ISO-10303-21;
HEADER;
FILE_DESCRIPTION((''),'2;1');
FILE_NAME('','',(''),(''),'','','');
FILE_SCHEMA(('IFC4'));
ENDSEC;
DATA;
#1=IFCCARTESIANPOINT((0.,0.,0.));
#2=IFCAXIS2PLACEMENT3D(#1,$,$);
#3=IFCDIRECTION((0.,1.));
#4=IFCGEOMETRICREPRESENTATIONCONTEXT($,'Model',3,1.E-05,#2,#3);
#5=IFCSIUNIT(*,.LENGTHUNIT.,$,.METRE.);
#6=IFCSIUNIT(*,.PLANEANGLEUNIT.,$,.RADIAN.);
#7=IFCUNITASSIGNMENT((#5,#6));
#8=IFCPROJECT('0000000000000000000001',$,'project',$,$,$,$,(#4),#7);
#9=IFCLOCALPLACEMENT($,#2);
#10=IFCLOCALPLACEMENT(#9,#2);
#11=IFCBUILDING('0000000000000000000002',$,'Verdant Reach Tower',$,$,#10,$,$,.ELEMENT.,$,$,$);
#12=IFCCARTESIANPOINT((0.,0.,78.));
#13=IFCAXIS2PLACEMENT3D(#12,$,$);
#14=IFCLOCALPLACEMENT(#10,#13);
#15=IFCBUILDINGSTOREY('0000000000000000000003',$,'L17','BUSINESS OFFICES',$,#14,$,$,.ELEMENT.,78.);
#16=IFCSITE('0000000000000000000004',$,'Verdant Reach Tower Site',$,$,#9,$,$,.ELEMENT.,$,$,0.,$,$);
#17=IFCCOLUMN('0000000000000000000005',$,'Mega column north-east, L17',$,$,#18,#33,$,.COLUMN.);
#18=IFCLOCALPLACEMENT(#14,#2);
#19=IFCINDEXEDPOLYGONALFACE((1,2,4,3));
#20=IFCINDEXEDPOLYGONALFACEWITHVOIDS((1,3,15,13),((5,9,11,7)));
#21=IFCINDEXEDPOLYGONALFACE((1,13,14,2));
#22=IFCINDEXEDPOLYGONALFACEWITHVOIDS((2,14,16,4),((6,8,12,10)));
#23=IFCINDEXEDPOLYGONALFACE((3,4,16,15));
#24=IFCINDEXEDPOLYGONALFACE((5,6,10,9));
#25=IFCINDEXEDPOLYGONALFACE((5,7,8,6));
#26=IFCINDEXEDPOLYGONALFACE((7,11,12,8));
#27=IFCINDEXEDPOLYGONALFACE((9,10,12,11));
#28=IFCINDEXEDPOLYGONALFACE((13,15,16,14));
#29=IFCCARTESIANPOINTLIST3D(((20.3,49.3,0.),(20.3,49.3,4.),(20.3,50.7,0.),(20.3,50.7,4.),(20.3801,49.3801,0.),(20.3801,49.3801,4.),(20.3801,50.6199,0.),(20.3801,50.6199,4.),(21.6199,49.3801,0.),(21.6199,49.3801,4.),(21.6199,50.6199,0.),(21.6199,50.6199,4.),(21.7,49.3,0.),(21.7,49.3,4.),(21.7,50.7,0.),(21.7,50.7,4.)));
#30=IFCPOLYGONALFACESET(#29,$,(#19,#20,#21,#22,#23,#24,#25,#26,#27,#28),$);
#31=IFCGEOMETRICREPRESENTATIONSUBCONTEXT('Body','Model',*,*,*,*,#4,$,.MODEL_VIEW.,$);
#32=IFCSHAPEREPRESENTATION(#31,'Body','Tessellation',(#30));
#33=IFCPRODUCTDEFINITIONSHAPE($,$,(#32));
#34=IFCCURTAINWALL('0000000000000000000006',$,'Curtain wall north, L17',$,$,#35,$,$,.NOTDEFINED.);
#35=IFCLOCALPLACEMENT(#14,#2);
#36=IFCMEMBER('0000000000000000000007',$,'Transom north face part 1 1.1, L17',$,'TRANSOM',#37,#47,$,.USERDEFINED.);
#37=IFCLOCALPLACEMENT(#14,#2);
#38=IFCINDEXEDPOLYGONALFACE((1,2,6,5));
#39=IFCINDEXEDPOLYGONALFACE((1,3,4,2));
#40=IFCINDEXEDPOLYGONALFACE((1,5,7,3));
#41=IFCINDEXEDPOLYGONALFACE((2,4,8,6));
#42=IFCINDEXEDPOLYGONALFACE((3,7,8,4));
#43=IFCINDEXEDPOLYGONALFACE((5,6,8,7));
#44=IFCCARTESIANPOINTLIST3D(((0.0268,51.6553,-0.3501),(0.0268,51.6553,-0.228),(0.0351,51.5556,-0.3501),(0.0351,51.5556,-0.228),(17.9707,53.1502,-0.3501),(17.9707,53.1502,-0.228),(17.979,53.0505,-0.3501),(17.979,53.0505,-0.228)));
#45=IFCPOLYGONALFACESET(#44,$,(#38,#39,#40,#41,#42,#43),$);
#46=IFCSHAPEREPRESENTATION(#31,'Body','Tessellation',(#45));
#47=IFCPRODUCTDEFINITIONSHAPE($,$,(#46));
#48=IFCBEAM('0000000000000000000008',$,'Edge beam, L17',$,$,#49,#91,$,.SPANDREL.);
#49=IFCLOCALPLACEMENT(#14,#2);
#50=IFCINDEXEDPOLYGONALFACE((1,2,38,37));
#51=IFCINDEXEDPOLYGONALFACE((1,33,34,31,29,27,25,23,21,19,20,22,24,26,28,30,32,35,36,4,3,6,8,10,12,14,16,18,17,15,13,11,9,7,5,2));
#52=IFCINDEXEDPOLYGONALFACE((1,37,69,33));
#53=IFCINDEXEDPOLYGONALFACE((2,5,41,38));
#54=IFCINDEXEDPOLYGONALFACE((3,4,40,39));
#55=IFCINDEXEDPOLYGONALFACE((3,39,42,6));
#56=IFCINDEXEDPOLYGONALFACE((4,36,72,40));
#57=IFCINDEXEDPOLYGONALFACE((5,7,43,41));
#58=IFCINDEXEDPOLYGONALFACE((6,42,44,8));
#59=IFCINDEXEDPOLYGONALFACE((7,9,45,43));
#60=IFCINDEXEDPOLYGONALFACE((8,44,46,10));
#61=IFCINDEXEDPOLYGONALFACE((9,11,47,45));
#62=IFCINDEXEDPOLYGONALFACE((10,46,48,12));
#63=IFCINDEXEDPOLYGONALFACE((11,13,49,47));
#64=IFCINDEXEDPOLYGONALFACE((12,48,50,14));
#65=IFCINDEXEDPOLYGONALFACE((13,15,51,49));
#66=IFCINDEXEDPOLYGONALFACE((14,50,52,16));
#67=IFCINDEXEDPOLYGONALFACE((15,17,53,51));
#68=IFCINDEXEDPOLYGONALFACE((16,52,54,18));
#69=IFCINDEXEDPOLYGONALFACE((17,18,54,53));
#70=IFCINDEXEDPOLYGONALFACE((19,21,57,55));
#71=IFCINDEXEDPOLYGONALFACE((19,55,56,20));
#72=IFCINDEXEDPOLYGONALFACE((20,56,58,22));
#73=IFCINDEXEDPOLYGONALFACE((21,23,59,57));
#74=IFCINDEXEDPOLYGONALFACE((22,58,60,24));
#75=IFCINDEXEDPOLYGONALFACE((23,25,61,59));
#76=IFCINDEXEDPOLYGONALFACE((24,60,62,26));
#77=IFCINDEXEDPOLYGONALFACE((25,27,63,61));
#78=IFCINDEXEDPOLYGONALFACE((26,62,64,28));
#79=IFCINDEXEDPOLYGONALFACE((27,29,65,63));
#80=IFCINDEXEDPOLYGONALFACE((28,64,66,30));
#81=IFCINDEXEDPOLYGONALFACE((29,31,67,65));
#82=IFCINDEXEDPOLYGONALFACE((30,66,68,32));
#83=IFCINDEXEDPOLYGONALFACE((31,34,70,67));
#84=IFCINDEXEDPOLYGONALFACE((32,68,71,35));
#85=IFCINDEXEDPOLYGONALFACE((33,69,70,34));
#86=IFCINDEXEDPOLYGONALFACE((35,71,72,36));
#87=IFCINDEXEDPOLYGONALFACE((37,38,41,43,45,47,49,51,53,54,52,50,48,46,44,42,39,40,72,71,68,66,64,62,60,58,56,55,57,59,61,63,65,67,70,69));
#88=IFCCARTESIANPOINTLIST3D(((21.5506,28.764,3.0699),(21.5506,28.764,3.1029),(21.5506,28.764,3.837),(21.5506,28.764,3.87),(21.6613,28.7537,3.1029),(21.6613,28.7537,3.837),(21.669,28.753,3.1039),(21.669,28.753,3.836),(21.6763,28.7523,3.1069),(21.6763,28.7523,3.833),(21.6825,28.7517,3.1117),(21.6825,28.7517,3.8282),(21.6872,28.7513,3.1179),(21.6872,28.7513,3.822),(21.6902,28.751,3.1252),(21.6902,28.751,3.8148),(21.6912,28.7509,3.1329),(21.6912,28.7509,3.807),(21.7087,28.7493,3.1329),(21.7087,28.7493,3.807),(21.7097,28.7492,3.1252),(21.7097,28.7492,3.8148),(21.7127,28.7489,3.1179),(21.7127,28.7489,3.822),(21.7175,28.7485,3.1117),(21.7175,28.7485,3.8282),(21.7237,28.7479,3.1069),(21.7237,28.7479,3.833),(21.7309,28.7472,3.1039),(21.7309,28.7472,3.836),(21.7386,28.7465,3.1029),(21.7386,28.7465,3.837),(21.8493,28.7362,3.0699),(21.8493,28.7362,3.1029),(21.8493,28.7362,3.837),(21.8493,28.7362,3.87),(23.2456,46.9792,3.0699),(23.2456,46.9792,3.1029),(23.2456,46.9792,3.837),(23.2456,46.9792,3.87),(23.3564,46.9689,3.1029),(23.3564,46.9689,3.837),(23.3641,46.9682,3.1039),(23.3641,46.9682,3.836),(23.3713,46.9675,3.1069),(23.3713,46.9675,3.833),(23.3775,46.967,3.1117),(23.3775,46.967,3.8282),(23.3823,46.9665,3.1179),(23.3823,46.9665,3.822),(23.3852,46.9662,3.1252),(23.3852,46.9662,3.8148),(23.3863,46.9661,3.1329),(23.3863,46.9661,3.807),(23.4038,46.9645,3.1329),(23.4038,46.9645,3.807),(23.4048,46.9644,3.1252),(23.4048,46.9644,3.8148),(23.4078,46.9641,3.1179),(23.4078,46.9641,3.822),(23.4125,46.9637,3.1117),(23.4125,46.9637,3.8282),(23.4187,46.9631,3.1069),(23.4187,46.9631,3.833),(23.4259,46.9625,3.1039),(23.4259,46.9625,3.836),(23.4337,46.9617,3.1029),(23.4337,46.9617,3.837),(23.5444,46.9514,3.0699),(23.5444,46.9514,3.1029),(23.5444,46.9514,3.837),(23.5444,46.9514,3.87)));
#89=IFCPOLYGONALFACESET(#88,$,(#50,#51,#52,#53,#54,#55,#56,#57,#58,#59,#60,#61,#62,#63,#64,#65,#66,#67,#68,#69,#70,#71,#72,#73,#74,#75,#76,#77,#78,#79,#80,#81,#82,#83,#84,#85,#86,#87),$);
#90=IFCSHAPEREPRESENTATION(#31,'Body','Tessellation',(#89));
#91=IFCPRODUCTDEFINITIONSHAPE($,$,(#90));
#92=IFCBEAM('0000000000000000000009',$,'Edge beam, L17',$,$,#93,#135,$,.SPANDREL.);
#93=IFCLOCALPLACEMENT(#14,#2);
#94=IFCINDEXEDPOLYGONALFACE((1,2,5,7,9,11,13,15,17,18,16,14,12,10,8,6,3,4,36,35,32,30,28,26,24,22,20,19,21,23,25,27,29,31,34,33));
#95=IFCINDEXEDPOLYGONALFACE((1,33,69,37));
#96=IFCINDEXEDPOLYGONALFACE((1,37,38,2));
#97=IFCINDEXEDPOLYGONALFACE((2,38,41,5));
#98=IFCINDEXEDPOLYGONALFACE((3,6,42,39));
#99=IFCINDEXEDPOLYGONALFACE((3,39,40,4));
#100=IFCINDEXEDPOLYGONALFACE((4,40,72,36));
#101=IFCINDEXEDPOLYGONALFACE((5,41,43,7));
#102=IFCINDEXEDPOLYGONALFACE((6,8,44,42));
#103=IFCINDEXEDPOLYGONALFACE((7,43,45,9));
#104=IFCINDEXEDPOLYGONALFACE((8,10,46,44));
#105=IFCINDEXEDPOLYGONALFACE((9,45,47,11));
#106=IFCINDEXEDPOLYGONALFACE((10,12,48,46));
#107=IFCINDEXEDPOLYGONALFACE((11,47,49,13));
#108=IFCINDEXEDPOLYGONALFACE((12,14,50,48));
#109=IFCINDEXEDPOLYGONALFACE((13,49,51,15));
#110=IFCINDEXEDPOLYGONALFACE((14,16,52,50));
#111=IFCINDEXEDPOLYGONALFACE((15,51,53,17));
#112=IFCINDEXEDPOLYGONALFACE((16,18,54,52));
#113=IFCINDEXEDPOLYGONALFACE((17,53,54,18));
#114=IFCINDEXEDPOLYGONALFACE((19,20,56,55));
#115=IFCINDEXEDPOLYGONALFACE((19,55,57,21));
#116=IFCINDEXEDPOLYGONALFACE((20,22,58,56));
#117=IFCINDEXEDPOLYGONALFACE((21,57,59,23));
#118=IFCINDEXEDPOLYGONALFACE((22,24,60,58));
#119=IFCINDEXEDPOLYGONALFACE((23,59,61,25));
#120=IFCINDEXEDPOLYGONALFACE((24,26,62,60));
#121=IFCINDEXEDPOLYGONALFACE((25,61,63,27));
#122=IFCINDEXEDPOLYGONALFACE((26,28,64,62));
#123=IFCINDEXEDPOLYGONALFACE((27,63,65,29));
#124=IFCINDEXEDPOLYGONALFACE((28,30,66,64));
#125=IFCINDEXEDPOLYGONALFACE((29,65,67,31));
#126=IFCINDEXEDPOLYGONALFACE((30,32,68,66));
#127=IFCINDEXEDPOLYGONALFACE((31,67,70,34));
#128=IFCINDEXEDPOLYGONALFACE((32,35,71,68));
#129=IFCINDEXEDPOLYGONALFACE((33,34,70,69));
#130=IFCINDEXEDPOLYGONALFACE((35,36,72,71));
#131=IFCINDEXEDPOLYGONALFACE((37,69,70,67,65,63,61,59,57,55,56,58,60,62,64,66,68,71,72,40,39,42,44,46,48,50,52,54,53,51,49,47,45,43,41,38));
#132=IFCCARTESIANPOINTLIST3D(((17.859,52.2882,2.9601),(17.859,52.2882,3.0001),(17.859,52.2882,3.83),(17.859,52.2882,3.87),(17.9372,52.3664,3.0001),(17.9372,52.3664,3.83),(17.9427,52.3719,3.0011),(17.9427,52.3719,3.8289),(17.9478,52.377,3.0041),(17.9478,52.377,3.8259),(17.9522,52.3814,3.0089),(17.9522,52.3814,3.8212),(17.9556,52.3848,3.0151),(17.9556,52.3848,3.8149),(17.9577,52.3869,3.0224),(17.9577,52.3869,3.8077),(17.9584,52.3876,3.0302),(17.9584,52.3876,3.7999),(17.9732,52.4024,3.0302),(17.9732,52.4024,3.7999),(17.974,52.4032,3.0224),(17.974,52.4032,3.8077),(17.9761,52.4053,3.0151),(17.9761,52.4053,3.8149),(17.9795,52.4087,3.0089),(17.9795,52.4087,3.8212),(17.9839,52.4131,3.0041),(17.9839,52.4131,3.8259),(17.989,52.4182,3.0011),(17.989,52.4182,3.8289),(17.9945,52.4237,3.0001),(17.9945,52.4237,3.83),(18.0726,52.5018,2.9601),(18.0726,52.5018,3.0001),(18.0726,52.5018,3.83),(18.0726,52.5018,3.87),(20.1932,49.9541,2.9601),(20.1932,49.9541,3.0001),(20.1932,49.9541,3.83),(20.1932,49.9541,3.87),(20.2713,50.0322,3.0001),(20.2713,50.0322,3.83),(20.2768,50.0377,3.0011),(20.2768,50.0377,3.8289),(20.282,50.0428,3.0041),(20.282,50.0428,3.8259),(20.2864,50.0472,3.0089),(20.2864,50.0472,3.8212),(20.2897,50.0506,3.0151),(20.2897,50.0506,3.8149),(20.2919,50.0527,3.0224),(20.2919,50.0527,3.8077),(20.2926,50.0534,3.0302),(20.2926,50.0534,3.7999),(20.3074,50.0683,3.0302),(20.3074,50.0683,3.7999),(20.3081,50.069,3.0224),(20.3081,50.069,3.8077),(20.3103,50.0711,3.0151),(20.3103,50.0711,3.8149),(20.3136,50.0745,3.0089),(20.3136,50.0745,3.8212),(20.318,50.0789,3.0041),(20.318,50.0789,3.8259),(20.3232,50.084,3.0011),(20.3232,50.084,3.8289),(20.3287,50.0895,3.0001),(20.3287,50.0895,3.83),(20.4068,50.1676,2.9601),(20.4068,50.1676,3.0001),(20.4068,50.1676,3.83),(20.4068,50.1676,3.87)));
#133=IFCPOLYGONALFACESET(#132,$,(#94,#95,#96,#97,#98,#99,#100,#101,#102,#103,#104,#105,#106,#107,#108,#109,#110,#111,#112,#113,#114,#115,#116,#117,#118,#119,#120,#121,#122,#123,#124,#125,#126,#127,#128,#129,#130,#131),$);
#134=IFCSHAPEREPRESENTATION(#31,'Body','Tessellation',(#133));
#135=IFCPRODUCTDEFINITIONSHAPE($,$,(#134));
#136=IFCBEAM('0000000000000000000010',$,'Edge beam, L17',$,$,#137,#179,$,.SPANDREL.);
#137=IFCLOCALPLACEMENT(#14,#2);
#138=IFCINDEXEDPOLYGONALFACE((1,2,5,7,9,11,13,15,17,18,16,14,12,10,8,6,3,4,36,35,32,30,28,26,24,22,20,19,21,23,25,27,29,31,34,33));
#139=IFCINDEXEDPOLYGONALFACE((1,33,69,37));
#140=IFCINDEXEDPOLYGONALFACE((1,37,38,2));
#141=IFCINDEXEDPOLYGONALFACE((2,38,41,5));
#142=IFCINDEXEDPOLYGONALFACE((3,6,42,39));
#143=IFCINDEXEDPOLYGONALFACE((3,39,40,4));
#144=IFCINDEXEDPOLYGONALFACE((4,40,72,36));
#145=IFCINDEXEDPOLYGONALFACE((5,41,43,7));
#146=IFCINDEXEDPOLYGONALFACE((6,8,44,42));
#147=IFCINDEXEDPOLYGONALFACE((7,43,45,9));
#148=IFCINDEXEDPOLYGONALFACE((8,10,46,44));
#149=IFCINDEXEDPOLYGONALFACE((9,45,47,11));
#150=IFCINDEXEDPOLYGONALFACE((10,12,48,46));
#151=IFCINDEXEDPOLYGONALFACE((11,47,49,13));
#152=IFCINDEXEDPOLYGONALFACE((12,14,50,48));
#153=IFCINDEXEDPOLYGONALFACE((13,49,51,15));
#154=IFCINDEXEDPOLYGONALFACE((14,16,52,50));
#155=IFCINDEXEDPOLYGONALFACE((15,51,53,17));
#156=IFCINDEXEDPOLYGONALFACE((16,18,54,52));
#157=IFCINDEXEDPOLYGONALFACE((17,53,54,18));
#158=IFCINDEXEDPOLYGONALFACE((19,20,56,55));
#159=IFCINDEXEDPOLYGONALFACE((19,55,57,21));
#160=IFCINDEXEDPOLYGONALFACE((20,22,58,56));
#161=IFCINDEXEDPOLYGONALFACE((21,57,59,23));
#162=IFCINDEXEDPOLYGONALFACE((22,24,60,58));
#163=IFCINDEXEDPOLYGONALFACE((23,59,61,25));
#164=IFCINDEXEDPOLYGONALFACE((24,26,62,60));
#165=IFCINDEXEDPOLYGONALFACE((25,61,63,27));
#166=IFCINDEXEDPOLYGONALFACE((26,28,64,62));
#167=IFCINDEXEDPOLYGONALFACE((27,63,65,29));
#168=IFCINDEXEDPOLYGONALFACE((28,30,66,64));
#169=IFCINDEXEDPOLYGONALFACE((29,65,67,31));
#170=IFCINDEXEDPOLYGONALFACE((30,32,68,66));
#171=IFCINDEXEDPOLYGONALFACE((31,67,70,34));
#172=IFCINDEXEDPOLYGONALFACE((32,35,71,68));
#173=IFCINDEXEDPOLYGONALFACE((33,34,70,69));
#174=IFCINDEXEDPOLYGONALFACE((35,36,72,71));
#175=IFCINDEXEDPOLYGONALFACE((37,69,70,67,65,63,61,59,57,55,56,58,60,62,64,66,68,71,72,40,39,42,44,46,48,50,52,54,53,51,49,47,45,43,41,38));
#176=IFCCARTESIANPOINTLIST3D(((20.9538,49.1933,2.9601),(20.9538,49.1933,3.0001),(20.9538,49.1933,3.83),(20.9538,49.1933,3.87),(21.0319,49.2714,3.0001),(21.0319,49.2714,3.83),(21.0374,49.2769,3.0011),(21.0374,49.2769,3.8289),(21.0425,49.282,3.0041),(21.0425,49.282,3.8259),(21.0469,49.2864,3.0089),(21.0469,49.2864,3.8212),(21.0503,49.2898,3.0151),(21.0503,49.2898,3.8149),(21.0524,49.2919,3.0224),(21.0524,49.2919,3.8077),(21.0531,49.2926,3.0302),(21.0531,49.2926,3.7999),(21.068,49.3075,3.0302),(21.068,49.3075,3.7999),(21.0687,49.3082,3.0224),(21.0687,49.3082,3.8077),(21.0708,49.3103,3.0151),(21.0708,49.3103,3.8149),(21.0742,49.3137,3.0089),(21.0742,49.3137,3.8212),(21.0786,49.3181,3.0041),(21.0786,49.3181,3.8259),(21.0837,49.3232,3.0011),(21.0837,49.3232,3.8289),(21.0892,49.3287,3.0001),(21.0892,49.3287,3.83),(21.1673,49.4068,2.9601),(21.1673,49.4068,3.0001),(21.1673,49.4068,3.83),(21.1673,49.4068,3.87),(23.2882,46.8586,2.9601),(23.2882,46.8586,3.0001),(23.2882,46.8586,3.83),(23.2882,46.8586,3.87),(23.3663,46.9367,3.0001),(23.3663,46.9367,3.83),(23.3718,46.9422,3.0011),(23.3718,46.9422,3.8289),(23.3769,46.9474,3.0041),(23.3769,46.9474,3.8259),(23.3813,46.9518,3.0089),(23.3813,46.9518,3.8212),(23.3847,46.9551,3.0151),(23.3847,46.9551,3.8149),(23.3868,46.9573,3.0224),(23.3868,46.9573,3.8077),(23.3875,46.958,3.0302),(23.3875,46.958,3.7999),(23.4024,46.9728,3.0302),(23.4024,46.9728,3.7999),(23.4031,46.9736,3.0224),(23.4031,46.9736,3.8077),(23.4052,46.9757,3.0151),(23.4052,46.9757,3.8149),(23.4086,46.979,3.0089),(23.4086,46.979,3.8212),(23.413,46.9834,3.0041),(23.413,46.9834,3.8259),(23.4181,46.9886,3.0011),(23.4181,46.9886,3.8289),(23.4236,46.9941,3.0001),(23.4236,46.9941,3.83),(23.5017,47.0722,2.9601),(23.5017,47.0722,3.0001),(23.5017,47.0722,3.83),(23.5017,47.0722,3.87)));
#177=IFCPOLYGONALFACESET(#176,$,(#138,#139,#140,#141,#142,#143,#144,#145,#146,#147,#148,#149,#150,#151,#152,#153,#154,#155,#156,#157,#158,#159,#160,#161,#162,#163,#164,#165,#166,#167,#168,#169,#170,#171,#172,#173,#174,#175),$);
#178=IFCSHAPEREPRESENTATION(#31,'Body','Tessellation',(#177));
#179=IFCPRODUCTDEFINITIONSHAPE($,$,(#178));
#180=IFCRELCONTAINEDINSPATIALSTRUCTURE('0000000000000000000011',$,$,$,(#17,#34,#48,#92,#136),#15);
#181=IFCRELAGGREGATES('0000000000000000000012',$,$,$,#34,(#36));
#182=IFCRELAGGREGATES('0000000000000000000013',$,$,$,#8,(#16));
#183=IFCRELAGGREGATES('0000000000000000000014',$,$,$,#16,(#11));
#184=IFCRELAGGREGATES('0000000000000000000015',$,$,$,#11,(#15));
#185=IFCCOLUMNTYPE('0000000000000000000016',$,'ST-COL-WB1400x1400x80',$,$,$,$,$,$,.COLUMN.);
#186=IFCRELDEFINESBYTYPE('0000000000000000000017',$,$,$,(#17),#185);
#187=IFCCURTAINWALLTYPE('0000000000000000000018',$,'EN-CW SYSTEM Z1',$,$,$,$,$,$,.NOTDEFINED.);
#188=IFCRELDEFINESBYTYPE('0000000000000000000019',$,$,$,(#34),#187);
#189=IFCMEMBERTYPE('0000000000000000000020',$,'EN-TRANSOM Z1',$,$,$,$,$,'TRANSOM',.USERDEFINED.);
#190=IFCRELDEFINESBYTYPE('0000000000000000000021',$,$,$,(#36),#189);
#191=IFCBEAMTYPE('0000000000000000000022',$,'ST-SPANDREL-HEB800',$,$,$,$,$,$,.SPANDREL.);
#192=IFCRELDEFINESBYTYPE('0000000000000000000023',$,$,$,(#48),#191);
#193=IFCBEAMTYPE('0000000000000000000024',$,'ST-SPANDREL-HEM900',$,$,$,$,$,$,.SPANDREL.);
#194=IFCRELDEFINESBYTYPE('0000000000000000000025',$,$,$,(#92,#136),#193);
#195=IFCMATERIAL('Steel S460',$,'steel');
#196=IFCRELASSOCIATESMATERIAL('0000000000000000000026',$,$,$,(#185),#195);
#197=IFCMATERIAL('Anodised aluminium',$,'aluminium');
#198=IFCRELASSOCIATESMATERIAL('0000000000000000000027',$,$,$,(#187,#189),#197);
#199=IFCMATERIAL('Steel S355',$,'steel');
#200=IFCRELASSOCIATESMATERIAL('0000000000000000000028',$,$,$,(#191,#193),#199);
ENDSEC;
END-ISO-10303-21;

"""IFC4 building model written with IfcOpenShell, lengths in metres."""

from ifc_helpers import new_model, si_unit, direction, frame, origin, origin_2d, place, context, subcontext, project, spatial, rectangle, hollow_rectangle, i_section, extrude, material, material_profile, profile_set, type_object, element, aggregate, save


model = new_model("IFC4")

# Units and contexts
model_context = context("Model", 3, precision=1e-05, world=origin(), true_north=direction((0.0, 1.0)))
body_context = subcontext(model_context, "Body", "Model", "MODEL_VIEW")
ifc_project = project(units=[si_unit("LENGTHUNIT", "METRE"), si_unit("PLANEANGLEUNIT", "RADIAN")], contexts=[model_context])

# Site, building, storey
site_placement = place(None, origin())
site = spatial("IfcSite", under=ifc_project, at=site_placement, Name="Verdant Reach Tower Site", CompositionType="ELEMENT", RefElevation=0.0)
building_placement = place(site_placement, origin())
building = spatial("IfcBuilding", under=site, at=building_placement, Name="Verdant Reach Tower", CompositionType="ELEMENT")
storey_placement = place(building_placement, frame((0.0, 0.0, 78.0)))
storey = spatial("IfcBuildingStorey", under=building, at=storey_placement, Name="L17", Description="BUSINESS OFFICES", CompositionType="ELEMENT", Elevation=78.0)

# Column
ifc_material_1 = material(Name="Steel S460", Category="steel")
ifc_material_profile_1 = material_profile(ifc_material_1, hollow_rectangle(XDim=1.3999, YDim=1.3999, WallThickness=0.0801, at=origin_2d()), Name="WB 1400x1400x80")
ifc_profile_set_1 = profile_set([ifc_material_profile_1], Name="Steel S460")
column_type = type_object("IfcColumnType", Name="ST-COL-WB1400x1400x80", PredefinedType="COLUMN", material=ifc_profile_set_1)
column_placement = place(storey_placement, frame((21.0, 50.0, 0.0), z_axis=(0.0, 0.0, 1.0), x_axis=(1.0, 0.0, 0.0)))
element("IfcColumn", 1, at=column_placement, inside=storey, type_object=column_type, Name="Mega column north-east, L17", PredefinedType="COLUMN", context=body_context, shape_type="SweptSolid", body=[
    extrude(hollow_rectangle(XDim=1.3999, YDim=1.3999, WallThickness=0.0801, at=origin_2d()), origin(), (0.0, 0.0, 1.0), 4.0),
])

# Curtain wall, member
ifc_material_2 = material(Name="Anodised aluminium", Category="aluminium")
curtain_wall_type = type_object("IfcCurtainWallType", Name="EN-CW SYSTEM Z1", PredefinedType="NOTDEFINED", material=ifc_material_2)
curtain_wall_1_placement = place(storey_placement, origin())
curtain_wall_1 = element("IfcCurtainWall", 2, at=curtain_wall_1_placement, inside=storey, type_object=curtain_wall_type, Name="Curtain wall north, L17", PredefinedType="NOTDEFINED")
ifc_material_profile_2 = material_profile(ifc_material_2, rectangle(XDim=0.1001, YDim=0.1221, at=origin_2d()), Name="Transom 122x100")
ifc_profile_set_2 = profile_set([ifc_material_profile_2], Name="Anodised aluminium")
member_type = type_object("IfcMemberType", Name="EN-TRANSOM Z1", ElementType="TRANSOM", PredefinedType="USERDEFINED", material=ifc_profile_set_2)
member_placement = place(storey_placement, frame((17.9749, 53.1003, -0.2891), z_axis=(-0.996548, -0.083021, 0.0), x_axis=(0.083021, -0.996548, 0.0)))
member = element("IfcMember", 3, at=member_placement, type_object=member_type, Name="Transom north face part 1 1.1, L17", ObjectType="TRANSOM", PredefinedType="USERDEFINED", context=body_context, shape_type="SweptSolid", body=[
    extrude(rectangle(XDim=0.1001, YDim=0.1221, at=origin_2d()), origin(), (0.0, 0.0, 1.0), 18.0061),
])

# Beams
ifc_material_3 = material(Name="Steel S355", Category="steel")
ifc_material_profile_3 = material_profile(ifc_material_3, i_section(OverallWidth=0.3, OverallDepth=0.8, WebThickness=0.0176, FlangeThickness=0.033, FilletRadius=0.03, at=origin_2d()), Name="HEB 800")
ifc_profile_set_3 = profile_set([ifc_material_profile_3], Name="Steel S355")
beam_type_1 = type_object("IfcBeamType", Name="ST-SPANDREL-HEB800", PredefinedType="SPANDREL", material=ifc_profile_set_3)
beam_1_placement = place(storey_placement, frame((23.395, 46.9653, 3.47), z_axis=(-0.092657, -0.995698, 0.0), x_axis=(0.995698, -0.092657, 0.0)))
element("IfcBeam", 4, at=beam_1_placement, inside=storey, type_object=beam_type_1, Name="Edge beam, L17", PredefinedType="SPANDREL", context=body_context, shape_type="SweptSolid", body=[
    extrude(i_section(OverallWidth=0.3, OverallDepth=0.8, WebThickness=0.0176, FlangeThickness=0.033, FilletRadius=0.03, at=origin_2d()), origin(), (0.0, 0.0, 1.0), 18.2939),
])
ifc_material_profile_4 = material_profile(ifc_material_3, i_section(OverallWidth=0.302, OverallDepth=0.9099, WebThickness=0.021, FlangeThickness=0.04, FilletRadius=0.03, at=origin_2d()), Name="HEM 900")
ifc_profile_set_4 = profile_set([ifc_material_profile_4], Name="Steel S355")
beam_type_2 = type_object("IfcBeamType", Name="ST-SPANDREL-HEM900", PredefinedType="SPANDREL", material=ifc_profile_set_4)
beam_2_placement = place(storey_placement, frame((17.9658, 52.395, 3.415), z_axis=(0.707107, -0.707107, 0.0), x_axis=(0.707107, 0.707107, 0.0)))
element("IfcBeam", 5, at=beam_2_placement, inside=storey, type_object=beam_type_2, Name="Edge beam, L17", PredefinedType="SPANDREL", context=body_context, shape_type="SweptSolid", body=[
    extrude(i_section(OverallWidth=0.302, OverallDepth=0.9099, WebThickness=0.021, FlangeThickness=0.04, FilletRadius=0.03, at=origin_2d()), origin(), (0.0, 0.0, 1.0), 3.301),
])
beam_3_placement = place(storey_placement, frame((21.0605, 49.3, 3.415), z_axis=(0.70707, -0.707144, 0.0), x_axis=(0.707144, 0.70707, 0.0)))
element("IfcBeam", 6, at=beam_3_placement, inside=storey, type_object=beam_type_2, Name="Edge beam, L17", PredefinedType="SPANDREL", context=body_context, shape_type="SweptSolid", body=[
    extrude(i_section(OverallWidth=0.302, OverallDepth=0.9099, WebThickness=0.021, FlangeThickness=0.04, FilletRadius=0.03, at=origin_2d()), origin(), (0.0, 0.0, 1.0), 3.3015),
])

aggregate(curtain_wall_1, [member])

save(model, "model.ifc")
